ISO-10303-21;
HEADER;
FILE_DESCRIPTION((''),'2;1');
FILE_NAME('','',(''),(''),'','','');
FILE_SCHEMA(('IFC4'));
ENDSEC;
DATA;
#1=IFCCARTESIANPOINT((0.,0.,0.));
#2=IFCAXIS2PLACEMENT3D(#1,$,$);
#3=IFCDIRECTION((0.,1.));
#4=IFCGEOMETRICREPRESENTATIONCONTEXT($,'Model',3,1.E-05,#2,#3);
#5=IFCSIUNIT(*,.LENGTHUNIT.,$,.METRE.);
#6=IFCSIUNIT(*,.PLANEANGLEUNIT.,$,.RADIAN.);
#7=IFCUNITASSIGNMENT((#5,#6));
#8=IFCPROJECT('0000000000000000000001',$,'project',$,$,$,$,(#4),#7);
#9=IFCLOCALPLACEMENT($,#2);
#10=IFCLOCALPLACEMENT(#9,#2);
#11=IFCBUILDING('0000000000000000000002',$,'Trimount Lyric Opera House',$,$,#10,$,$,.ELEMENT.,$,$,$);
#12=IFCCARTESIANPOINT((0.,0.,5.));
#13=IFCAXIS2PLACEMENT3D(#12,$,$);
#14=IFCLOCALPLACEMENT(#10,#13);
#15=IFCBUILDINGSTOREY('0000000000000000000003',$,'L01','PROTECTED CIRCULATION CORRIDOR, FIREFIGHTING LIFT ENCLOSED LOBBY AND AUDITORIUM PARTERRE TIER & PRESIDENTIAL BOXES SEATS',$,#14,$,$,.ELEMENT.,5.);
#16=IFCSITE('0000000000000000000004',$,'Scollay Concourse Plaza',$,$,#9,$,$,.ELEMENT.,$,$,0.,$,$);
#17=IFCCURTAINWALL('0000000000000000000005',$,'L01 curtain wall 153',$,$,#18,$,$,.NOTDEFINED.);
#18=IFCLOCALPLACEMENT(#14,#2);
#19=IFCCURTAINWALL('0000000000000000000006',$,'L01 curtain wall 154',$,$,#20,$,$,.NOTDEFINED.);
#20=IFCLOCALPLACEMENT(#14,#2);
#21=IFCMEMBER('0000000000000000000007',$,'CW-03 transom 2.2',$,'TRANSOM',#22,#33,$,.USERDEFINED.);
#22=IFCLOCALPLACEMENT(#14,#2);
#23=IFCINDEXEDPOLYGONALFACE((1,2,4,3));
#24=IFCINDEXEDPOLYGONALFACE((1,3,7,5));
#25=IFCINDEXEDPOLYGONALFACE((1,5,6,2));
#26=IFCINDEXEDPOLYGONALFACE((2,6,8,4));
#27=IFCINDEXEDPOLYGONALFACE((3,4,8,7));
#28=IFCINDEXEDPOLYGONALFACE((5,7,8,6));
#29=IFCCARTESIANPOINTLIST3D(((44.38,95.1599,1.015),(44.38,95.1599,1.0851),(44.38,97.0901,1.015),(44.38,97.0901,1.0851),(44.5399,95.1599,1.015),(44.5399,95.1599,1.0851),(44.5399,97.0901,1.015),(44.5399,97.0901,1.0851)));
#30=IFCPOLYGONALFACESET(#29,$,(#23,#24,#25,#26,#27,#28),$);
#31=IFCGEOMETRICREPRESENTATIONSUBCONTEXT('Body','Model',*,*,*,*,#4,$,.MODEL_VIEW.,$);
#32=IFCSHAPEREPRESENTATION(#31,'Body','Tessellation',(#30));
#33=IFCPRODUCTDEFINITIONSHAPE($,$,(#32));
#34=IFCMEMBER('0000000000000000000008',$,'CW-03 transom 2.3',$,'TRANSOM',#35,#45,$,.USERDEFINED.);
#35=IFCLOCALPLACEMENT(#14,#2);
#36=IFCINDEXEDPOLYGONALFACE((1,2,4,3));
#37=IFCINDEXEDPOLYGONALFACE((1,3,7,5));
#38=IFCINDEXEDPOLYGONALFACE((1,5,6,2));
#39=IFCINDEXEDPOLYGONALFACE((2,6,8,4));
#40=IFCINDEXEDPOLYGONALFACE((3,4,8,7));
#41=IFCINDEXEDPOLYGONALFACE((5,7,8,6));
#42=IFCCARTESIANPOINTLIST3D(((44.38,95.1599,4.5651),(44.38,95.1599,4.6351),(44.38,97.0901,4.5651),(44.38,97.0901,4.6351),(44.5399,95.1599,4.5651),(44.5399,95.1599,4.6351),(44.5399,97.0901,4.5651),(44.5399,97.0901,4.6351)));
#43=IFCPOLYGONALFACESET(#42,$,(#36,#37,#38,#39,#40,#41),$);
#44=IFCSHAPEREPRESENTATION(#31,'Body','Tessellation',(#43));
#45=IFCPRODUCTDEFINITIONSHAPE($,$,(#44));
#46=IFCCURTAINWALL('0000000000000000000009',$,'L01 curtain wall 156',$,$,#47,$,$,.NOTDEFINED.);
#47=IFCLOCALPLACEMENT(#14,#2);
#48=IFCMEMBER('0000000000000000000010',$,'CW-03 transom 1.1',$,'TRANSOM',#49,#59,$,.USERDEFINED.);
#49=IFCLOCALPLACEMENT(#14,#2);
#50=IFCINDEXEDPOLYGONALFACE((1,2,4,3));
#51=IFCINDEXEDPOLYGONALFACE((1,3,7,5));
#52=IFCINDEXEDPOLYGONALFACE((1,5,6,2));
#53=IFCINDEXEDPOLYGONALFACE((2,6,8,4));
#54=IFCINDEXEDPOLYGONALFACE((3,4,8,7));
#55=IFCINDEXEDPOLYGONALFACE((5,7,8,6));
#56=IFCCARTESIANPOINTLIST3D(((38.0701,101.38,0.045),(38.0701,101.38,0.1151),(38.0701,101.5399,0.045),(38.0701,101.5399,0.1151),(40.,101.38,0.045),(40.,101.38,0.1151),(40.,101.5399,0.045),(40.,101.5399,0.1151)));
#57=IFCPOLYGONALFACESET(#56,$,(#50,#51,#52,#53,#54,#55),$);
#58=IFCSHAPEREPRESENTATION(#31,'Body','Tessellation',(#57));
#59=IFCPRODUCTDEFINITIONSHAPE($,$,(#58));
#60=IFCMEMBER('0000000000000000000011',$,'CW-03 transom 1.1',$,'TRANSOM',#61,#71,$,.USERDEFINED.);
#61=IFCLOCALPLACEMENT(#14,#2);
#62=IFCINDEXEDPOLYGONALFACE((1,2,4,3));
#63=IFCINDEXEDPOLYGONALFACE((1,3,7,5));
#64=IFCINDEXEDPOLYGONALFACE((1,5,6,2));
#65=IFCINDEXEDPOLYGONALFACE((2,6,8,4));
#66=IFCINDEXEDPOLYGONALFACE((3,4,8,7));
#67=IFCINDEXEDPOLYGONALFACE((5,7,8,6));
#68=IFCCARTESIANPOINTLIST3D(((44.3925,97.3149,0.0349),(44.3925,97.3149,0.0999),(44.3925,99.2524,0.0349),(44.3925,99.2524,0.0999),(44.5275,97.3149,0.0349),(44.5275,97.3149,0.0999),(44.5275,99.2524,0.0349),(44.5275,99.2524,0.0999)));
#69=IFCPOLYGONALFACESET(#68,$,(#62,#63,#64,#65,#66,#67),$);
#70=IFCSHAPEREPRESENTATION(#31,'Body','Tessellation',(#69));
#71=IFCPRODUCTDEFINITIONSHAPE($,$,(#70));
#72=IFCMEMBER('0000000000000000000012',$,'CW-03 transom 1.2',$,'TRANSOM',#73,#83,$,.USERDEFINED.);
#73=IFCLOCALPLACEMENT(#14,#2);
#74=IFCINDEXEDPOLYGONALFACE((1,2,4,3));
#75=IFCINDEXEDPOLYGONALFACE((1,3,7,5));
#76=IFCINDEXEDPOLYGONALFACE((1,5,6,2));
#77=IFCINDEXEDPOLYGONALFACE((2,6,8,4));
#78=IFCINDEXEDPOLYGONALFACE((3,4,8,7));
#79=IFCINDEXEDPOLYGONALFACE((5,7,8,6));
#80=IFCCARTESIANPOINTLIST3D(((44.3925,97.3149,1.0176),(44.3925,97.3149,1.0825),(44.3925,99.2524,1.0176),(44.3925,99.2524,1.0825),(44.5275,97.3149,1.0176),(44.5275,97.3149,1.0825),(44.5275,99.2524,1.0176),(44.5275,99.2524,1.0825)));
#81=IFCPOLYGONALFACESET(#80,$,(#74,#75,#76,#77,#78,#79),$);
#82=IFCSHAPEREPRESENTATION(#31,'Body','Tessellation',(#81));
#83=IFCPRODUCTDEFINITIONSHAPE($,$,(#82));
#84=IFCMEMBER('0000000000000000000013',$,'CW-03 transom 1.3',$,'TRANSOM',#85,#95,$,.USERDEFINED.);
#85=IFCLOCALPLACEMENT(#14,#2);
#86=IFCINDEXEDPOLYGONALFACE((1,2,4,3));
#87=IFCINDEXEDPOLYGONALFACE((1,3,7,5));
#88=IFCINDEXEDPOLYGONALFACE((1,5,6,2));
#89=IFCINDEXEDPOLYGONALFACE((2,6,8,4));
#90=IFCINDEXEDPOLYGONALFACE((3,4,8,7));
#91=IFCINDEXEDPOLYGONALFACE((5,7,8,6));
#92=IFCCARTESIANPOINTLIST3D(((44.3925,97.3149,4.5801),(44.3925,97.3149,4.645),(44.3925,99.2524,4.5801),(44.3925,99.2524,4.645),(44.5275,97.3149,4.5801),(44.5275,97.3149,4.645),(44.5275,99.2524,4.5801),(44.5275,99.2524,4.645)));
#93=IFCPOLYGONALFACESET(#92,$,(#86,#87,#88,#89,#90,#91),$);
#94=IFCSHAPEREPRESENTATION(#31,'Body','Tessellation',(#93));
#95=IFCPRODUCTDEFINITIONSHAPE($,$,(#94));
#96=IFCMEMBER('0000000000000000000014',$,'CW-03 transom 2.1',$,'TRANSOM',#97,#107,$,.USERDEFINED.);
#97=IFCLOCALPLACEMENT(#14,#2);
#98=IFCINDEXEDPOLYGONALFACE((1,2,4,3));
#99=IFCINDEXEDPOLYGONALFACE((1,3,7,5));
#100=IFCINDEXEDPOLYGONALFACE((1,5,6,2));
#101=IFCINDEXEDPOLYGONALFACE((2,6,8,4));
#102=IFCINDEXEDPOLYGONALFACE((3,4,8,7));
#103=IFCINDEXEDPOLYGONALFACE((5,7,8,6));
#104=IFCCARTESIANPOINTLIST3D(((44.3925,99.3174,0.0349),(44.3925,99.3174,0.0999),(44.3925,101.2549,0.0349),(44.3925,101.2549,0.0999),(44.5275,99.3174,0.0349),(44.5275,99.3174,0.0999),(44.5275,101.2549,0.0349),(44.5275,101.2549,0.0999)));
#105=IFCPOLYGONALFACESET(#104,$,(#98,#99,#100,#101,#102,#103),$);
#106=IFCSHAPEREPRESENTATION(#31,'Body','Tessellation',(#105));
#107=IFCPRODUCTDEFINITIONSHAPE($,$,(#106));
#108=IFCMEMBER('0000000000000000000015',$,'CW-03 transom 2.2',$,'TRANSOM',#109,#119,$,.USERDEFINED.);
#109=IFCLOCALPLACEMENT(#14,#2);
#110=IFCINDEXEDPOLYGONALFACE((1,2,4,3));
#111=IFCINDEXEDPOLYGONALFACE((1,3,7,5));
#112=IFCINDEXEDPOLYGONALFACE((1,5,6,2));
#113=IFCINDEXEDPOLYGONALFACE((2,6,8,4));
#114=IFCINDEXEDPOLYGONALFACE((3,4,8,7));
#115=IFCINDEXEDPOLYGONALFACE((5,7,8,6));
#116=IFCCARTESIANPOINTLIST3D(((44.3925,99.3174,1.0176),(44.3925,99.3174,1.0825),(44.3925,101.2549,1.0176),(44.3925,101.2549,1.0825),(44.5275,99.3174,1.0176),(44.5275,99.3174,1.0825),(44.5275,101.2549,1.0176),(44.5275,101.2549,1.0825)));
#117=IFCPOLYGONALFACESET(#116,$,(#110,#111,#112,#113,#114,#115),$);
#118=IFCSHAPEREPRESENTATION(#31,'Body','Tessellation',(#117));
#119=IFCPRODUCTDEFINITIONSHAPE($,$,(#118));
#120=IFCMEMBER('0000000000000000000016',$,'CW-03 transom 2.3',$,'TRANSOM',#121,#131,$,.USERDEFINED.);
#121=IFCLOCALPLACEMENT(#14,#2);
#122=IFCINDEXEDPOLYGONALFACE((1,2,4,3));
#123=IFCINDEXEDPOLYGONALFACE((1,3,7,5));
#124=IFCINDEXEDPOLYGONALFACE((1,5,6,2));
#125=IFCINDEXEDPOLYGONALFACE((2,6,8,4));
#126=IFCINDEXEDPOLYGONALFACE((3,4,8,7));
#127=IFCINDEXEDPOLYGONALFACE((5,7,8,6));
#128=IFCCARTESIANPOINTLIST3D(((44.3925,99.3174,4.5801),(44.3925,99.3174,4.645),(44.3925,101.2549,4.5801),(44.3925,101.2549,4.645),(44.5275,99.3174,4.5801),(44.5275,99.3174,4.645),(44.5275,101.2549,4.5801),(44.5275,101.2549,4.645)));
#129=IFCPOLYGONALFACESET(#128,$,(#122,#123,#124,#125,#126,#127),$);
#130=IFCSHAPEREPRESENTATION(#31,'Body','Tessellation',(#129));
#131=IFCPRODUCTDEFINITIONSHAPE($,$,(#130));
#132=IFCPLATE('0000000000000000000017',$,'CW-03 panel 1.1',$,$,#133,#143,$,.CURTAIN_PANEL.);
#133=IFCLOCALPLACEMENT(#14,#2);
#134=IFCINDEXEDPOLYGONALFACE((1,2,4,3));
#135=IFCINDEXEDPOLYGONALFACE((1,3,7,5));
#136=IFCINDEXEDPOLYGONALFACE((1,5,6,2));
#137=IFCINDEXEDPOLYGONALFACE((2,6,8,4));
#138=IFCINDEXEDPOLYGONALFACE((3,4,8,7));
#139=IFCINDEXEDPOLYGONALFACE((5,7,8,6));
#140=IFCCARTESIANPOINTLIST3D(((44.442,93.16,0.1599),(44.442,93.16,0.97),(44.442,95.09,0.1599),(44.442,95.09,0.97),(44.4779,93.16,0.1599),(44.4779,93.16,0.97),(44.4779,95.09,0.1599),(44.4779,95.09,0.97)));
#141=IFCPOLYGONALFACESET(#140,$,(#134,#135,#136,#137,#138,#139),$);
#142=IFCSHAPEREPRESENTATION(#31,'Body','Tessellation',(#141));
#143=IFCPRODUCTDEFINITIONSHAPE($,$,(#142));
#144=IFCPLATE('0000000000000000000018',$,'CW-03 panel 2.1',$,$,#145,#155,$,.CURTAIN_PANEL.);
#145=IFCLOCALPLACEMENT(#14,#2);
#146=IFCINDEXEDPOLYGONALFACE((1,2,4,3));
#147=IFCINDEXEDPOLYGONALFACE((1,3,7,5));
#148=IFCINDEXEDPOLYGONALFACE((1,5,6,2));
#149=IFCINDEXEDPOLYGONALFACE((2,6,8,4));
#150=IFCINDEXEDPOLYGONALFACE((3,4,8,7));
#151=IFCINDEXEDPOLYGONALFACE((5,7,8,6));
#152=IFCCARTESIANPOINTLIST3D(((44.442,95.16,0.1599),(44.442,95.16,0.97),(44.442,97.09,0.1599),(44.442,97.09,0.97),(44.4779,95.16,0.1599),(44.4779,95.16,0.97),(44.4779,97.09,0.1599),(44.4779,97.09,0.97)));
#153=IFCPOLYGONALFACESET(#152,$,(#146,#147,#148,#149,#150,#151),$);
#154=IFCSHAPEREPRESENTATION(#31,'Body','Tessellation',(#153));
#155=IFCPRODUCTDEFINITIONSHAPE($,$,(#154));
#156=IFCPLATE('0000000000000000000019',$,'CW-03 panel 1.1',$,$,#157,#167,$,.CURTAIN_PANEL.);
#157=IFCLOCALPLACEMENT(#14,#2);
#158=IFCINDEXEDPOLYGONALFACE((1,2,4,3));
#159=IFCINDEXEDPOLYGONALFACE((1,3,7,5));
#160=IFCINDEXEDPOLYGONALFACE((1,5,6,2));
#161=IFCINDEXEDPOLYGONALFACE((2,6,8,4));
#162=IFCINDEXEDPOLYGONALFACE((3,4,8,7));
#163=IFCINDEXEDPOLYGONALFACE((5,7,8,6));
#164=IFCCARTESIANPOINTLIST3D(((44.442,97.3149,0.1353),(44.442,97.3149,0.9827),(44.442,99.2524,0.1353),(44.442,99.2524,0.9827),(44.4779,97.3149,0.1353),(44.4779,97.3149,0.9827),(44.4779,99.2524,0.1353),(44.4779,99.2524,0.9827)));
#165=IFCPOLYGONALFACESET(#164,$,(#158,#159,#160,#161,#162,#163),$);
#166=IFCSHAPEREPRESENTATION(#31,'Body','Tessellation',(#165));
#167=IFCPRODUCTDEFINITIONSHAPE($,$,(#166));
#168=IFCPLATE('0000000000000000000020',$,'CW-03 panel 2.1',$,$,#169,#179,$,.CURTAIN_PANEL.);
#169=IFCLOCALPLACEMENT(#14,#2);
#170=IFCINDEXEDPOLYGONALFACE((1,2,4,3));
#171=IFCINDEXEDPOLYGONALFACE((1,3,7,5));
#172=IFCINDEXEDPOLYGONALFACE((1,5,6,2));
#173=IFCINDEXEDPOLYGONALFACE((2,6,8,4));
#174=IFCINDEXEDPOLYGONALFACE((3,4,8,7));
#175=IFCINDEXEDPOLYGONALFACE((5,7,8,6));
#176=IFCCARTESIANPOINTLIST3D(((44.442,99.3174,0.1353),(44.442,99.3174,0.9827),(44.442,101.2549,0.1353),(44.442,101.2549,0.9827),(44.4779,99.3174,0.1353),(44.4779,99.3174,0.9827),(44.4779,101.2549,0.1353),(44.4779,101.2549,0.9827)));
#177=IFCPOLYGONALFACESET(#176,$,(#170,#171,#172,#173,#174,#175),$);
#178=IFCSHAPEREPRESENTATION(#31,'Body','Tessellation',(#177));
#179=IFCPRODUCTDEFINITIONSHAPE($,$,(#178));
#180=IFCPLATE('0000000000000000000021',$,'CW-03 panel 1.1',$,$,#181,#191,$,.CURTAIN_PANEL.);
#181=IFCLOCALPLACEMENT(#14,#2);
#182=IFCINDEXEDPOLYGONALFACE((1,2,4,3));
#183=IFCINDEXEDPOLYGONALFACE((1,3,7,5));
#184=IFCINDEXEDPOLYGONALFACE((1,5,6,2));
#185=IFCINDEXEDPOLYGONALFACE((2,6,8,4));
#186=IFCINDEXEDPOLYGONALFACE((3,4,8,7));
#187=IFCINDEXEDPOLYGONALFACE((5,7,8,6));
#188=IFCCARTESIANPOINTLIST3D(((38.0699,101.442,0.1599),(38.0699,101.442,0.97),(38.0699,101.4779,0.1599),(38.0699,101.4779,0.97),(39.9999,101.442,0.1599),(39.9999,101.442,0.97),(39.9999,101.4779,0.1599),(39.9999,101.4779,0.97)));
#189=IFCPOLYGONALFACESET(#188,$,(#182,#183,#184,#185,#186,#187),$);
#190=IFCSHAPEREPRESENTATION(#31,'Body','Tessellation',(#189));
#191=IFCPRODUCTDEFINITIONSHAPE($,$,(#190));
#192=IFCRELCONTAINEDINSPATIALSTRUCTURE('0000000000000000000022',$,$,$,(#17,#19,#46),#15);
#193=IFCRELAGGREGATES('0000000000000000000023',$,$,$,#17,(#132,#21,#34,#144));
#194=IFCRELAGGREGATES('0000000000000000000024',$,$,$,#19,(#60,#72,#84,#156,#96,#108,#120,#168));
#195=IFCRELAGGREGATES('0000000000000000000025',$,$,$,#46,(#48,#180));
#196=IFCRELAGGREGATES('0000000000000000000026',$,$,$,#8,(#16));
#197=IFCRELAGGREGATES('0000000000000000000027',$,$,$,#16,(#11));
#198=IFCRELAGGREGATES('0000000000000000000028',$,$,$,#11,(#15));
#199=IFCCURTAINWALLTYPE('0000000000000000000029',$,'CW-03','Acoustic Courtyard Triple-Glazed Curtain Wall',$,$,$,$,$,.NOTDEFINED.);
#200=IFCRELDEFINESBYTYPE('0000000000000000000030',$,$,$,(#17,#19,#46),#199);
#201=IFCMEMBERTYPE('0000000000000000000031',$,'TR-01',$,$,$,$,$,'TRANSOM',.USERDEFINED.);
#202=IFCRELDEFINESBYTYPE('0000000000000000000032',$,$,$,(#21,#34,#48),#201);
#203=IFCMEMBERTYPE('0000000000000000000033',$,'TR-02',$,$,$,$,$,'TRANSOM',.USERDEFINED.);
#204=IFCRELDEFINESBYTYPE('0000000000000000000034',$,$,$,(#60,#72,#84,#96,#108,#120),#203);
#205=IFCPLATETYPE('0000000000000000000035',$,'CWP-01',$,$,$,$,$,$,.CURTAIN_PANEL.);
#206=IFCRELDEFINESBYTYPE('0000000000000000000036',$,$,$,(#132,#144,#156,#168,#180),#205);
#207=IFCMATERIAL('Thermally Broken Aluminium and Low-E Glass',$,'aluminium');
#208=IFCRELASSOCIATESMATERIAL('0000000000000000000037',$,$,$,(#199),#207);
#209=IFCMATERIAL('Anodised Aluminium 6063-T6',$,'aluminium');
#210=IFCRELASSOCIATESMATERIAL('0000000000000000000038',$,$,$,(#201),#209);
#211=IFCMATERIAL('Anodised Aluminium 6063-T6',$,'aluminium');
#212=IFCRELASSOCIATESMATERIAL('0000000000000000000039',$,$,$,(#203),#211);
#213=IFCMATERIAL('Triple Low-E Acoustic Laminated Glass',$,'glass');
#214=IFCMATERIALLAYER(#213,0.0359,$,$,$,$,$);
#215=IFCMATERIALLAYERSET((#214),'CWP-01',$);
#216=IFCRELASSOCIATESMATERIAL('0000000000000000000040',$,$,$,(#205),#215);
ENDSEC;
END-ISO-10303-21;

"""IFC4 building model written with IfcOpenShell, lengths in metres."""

from ifc_helpers import new_model, si_unit, direction, frame, origin, origin_2d, place, context, subcontext, project, spatial, rectangle, extrude, material, layer, layer_set, material_profile, profile_set, type_object, element, aggregate, save


model = new_model("IFC4")

# Units and contexts
model_context = context("Model", 3, precision=1e-05, world=origin(), true_north=direction((0.0, 1.0)))
body_context = subcontext(model_context, "Body", "Model", "MODEL_VIEW")
ifc_project = project(units=[si_unit("LENGTHUNIT", "METRE"), si_unit("PLANEANGLEUNIT", "RADIAN")], contexts=[model_context])

# Site, building, storey
site_placement = place(None, origin())
site = spatial("IfcSite", under=ifc_project, at=site_placement, Name="Scollay Concourse Plaza", CompositionType="ELEMENT", RefElevation=0.0)
building_placement = place(site_placement, origin())
building = spatial("IfcBuilding", under=site, at=building_placement, Name="Trimount Lyric Opera House", CompositionType="ELEMENT")
storey_placement = place(building_placement, frame((0.0, 0.0, 5.0)))
storey = spatial("IfcBuildingStorey", under=building, at=storey_placement, Name="L01", Description="PROTECTED CIRCULATION CORRIDOR, FIREFIGHTING LIFT ENCLOSED LOBBY AND AUDITORIUM PARTERRE TIER & PRESIDENTIAL BOXES SEATS", CompositionType="ELEMENT", Elevation=5.0)

# Curtain walls
ifc_material_1 = material(Name="Thermally Broken Aluminium and Low-E Glass", Category="aluminium")
curtain_wall_type = type_object("IfcCurtainWallType", Name="CW-03", Description="Acoustic Courtyard Triple-Glazed Curtain Wall", PredefinedType="NOTDEFINED", material=ifc_material_1)
curtain_wall_1_placement = place(storey_placement, origin())
curtain_wall_1 = element("IfcCurtainWall", 1, at=curtain_wall_1_placement, inside=storey, type_object=curtain_wall_type, Name="L01 curtain wall 153", PredefinedType="NOTDEFINED")
curtain_wall_2_placement = place(storey_placement, origin())
curtain_wall_2 = element("IfcCurtainWall", 2, at=curtain_wall_2_placement, inside=storey, type_object=curtain_wall_type, Name="L01 curtain wall 154", PredefinedType="NOTDEFINED")

# Members
ifc_material_2 = material(Name="Anodised Aluminium 6063-T6", Category="aluminium")
ifc_material_profile_1 = material_profile(ifc_material_2, rectangle(XDim=0.1599, YDim=0.0701, at=origin_2d()), Name="ALU-TRAN-70X160")
ifc_profile_set_1 = profile_set([ifc_material_profile_1], Name="Anodised Aluminium 6063-T6")
member_type_1 = type_object("IfcMemberType", Name="TR-01", ElementType="TRANSOM", PredefinedType="USERDEFINED", material=ifc_profile_set_1)
member_1_placement = place(storey_placement, frame((44.46, 95.1599, 1.05), z_axis=(0.0, 1.0, 0.0), x_axis=(-1.0, 0.0, 0.0)))
member_1 = element("IfcMember", 3, at=member_1_placement, type_object=member_type_1, Name="CW-03 transom 2.2", ObjectType="TRANSOM", PredefinedType="USERDEFINED", context=body_context, shape_type="SweptSolid", body=[
    extrude(rectangle(XDim=0.1599, YDim=0.0701, at=origin_2d()), origin(), (0.0, 0.0, 1.0), 1.9302),
])
member_2_placement = place(storey_placement, frame((44.46, 95.1599, 4.6001), z_axis=(0.0, 1.0, 0.0), x_axis=(-1.0, 0.0, 0.0)))
member_2 = element("IfcMember", 4, at=member_2_placement, type_object=member_type_1, Name="CW-03 transom 2.3", ObjectType="TRANSOM", PredefinedType="USERDEFINED", context=body_context, shape_type="SweptSolid", body=[
    extrude(rectangle(XDim=0.1599, YDim=0.0701, at=origin_2d()), origin(), (0.0, 0.0, 1.0), 1.9302),
])

# Curtain wall, member
curtain_wall_3_placement = place(storey_placement, origin())
curtain_wall_3 = element("IfcCurtainWall", 5, at=curtain_wall_3_placement, inside=storey, type_object=curtain_wall_type, Name="L01 curtain wall 156", PredefinedType="NOTDEFINED")
member_3_placement = place(storey_placement, frame((40.0, 101.46, 0.0801), z_axis=(-1.0, 0.0, 0.0), x_axis=(0.0, -1.0, 0.0)))
member_3 = element("IfcMember", 6, at=member_3_placement, type_object=member_type_1, Name="CW-03 transom 1.1", ObjectType="TRANSOM", PredefinedType="USERDEFINED", context=body_context, shape_type="SweptSolid", body=[
    extrude(rectangle(XDim=0.1599, YDim=0.0701, at=origin_2d()), origin(), (0.0, 0.0, 1.0), 1.9299),
])

# Members
ifc_material_3 = material(Name="Anodised Aluminium 6063-T6", Category="aluminium")
ifc_material_profile_2 = material_profile(ifc_material_3, rectangle(XDim=0.135, YDim=0.0649, at=origin_2d()), Name="ALU-TRAN-65X135")
ifc_profile_set_2 = profile_set([ifc_material_profile_2], Name="Anodised Aluminium 6063-T6")
member_type_2 = type_object("IfcMemberType", Name="TR-02", ElementType="TRANSOM", PredefinedType="USERDEFINED", material=ifc_profile_set_2)
member_4_placement = place(storey_placement, frame((44.46, 97.3149, 0.0674), z_axis=(0.0, 1.0, 0.0), x_axis=(-1.0, 0.0, 0.0)))
member_4 = element("IfcMember", 7, at=member_4_placement, type_object=member_type_2, Name="CW-03 transom 1.1", ObjectType="TRANSOM", PredefinedType="USERDEFINED", context=body_context, shape_type="SweptSolid", body=[
    extrude(rectangle(XDim=0.135, YDim=0.0649, at=origin_2d()), origin(), (0.0, 0.0, 1.0), 1.9375),
])
member_5_placement = place(storey_placement, frame((44.46, 97.3149, 1.05), z_axis=(0.0, 1.0, 0.0), x_axis=(-1.0, 0.0, 0.0)))
member_5 = element("IfcMember", 8, at=member_5_placement, type_object=member_type_2, Name="CW-03 transom 1.2", ObjectType="TRANSOM", PredefinedType="USERDEFINED", context=body_context, shape_type="SweptSolid", body=[
    extrude(rectangle(XDim=0.135, YDim=0.0649, at=origin_2d()), origin(), (0.0, 0.0, 1.0), 1.9375),
])
member_6_placement = place(storey_placement, frame((44.46, 97.3149, 4.6125), z_axis=(0.0, 1.0, 0.0), x_axis=(-1.0, 0.0, 0.0)))
member_6 = element("IfcMember", 9, at=member_6_placement, type_object=member_type_2, Name="CW-03 transom 1.3", ObjectType="TRANSOM", PredefinedType="USERDEFINED", context=body_context, shape_type="SweptSolid", body=[
    extrude(rectangle(XDim=0.135, YDim=0.0649, at=origin_2d()), origin(), (0.0, 0.0, 1.0), 1.9375),
])
member_7_placement = place(storey_placement, frame((44.46, 99.3174, 0.0674), z_axis=(0.0, 1.0, 0.0), x_axis=(-1.0, 0.0, 0.0)))
member_7 = element("IfcMember", 10, at=member_7_placement, type_object=member_type_2, Name="CW-03 transom 2.1", ObjectType="TRANSOM", PredefinedType="USERDEFINED", context=body_context, shape_type="SweptSolid", body=[
    extrude(rectangle(XDim=0.135, YDim=0.0649, at=origin_2d()), origin(), (0.0, 0.0, 1.0), 1.9375),
])
member_8_placement = place(storey_placement, frame((44.46, 99.3174, 1.05), z_axis=(0.0, 1.0, 0.0), x_axis=(-1.0, 0.0, 0.0)))
member_8 = element("IfcMember", 11, at=member_8_placement, type_object=member_type_2, Name="CW-03 transom 2.2", ObjectType="TRANSOM", PredefinedType="USERDEFINED", context=body_context, shape_type="SweptSolid", body=[
    extrude(rectangle(XDim=0.135, YDim=0.0649, at=origin_2d()), origin(), (0.0, 0.0, 1.0), 1.9375),
])
member_9_placement = place(storey_placement, frame((44.46, 99.3174, 4.6125), z_axis=(0.0, 1.0, 0.0), x_axis=(-1.0, 0.0, 0.0)))
member_9 = element("IfcMember", 12, at=member_9_placement, type_object=member_type_2, Name="CW-03 transom 2.3", ObjectType="TRANSOM", PredefinedType="USERDEFINED", context=body_context, shape_type="SweptSolid", body=[
    extrude(rectangle(XDim=0.135, YDim=0.0649, at=origin_2d()), origin(), (0.0, 0.0, 1.0), 1.9375),
])

# Plates
ifc_material_4 = material(Name="Triple Low-E Acoustic Laminated Glass", Category="glass")
ifc_layer_1 = layer(ifc_material_4, 0.0359)
ifc_layer_set_1 = layer_set([ifc_layer_1], Name="CWP-01")
plate_type_1 = type_object("IfcPlateType", Name="CWP-01", PredefinedType="CURTAIN_PANEL", material=ifc_layer_set_1)
plate_1_placement = place(storey_placement, frame((44.46, 94.125, 0.1599), z_axis=(0.0, 0.0, 1.0), x_axis=(0.0, 1.0, 0.0)))
plate_1 = element("IfcPlate", 13, at=plate_1_placement, type_object=plate_type_1, Name="CW-03 panel 1.1", PredefinedType="CURTAIN_PANEL", context=body_context, shape_type="SweptSolid", body=[
    extrude(rectangle(XDim=1.9299, YDim=0.0359, at=origin_2d()), origin(), (0.0, 0.0, 1.0), 0.8101),
])
plate_2_placement = place(storey_placement, frame((44.46, 96.125, 0.1599), z_axis=(0.0, 0.0, 1.0), x_axis=(0.0, 1.0, 0.0)))
plate_2 = element("IfcPlate", 14, at=plate_2_placement, type_object=plate_type_1, Name="CW-03 panel 2.1", PredefinedType="CURTAIN_PANEL", context=body_context, shape_type="SweptSolid", body=[
    extrude(rectangle(XDim=1.9299, YDim=0.0359, at=origin_2d()), origin(), (0.0, 0.0, 1.0), 0.8101),
])
plate_3_placement = place(storey_placement, frame((44.46, 98.2837, 0.1353), z_axis=(0.0, 0.0, 1.0), x_axis=(0.0, 1.0, 0.0)))
plate_3 = element("IfcPlate", 15, at=plate_3_placement, type_object=plate_type_1, Name="CW-03 panel 1.1", PredefinedType="CURTAIN_PANEL", context=body_context, shape_type="SweptSolid", body=[
    extrude(rectangle(XDim=1.9375, YDim=0.0359, at=origin_2d()), origin(), (0.0, 0.0, 1.0), 0.8474),
])
plate_4_placement = place(storey_placement, frame((44.46, 100.2861, 0.1353), z_axis=(0.0, 0.0, 1.0), x_axis=(0.0, 1.0, 0.0)))
plate_4 = element("IfcPlate", 16, at=plate_4_placement, type_object=plate_type_1, Name="CW-03 panel 2.1", PredefinedType="CURTAIN_PANEL", context=body_context, shape_type="SweptSolid", body=[
    extrude(rectangle(XDim=1.9375, YDim=0.0359, at=origin_2d()), origin(), (0.0, 0.0, 1.0), 0.8474),
])
plate_5_placement = place(storey_placement, frame((39.0349, 101.46, 0.1599), z_axis=(0.0, 0.0, 1.0), x_axis=(-1.0, 0.0, 0.0)))
plate_5 = element("IfcPlate", 17, at=plate_5_placement, type_object=plate_type_1, Name="CW-03 panel 1.1", PredefinedType="CURTAIN_PANEL", context=body_context, shape_type="SweptSolid", body=[
    extrude(rectangle(XDim=1.9299, YDim=0.0359, at=origin_2d()), origin(), (0.0, 0.0, 1.0), 0.8101),
])
aggregate(curtain_wall_1, [plate_1, member_1, member_2, plate_2])
aggregate(curtain_wall_2, [member_4, member_5, member_6, plate_3, member_7, member_8, member_9, plate_4])
aggregate(curtain_wall_3, [member_3, plate_5])

save(model, "model.ifc")
